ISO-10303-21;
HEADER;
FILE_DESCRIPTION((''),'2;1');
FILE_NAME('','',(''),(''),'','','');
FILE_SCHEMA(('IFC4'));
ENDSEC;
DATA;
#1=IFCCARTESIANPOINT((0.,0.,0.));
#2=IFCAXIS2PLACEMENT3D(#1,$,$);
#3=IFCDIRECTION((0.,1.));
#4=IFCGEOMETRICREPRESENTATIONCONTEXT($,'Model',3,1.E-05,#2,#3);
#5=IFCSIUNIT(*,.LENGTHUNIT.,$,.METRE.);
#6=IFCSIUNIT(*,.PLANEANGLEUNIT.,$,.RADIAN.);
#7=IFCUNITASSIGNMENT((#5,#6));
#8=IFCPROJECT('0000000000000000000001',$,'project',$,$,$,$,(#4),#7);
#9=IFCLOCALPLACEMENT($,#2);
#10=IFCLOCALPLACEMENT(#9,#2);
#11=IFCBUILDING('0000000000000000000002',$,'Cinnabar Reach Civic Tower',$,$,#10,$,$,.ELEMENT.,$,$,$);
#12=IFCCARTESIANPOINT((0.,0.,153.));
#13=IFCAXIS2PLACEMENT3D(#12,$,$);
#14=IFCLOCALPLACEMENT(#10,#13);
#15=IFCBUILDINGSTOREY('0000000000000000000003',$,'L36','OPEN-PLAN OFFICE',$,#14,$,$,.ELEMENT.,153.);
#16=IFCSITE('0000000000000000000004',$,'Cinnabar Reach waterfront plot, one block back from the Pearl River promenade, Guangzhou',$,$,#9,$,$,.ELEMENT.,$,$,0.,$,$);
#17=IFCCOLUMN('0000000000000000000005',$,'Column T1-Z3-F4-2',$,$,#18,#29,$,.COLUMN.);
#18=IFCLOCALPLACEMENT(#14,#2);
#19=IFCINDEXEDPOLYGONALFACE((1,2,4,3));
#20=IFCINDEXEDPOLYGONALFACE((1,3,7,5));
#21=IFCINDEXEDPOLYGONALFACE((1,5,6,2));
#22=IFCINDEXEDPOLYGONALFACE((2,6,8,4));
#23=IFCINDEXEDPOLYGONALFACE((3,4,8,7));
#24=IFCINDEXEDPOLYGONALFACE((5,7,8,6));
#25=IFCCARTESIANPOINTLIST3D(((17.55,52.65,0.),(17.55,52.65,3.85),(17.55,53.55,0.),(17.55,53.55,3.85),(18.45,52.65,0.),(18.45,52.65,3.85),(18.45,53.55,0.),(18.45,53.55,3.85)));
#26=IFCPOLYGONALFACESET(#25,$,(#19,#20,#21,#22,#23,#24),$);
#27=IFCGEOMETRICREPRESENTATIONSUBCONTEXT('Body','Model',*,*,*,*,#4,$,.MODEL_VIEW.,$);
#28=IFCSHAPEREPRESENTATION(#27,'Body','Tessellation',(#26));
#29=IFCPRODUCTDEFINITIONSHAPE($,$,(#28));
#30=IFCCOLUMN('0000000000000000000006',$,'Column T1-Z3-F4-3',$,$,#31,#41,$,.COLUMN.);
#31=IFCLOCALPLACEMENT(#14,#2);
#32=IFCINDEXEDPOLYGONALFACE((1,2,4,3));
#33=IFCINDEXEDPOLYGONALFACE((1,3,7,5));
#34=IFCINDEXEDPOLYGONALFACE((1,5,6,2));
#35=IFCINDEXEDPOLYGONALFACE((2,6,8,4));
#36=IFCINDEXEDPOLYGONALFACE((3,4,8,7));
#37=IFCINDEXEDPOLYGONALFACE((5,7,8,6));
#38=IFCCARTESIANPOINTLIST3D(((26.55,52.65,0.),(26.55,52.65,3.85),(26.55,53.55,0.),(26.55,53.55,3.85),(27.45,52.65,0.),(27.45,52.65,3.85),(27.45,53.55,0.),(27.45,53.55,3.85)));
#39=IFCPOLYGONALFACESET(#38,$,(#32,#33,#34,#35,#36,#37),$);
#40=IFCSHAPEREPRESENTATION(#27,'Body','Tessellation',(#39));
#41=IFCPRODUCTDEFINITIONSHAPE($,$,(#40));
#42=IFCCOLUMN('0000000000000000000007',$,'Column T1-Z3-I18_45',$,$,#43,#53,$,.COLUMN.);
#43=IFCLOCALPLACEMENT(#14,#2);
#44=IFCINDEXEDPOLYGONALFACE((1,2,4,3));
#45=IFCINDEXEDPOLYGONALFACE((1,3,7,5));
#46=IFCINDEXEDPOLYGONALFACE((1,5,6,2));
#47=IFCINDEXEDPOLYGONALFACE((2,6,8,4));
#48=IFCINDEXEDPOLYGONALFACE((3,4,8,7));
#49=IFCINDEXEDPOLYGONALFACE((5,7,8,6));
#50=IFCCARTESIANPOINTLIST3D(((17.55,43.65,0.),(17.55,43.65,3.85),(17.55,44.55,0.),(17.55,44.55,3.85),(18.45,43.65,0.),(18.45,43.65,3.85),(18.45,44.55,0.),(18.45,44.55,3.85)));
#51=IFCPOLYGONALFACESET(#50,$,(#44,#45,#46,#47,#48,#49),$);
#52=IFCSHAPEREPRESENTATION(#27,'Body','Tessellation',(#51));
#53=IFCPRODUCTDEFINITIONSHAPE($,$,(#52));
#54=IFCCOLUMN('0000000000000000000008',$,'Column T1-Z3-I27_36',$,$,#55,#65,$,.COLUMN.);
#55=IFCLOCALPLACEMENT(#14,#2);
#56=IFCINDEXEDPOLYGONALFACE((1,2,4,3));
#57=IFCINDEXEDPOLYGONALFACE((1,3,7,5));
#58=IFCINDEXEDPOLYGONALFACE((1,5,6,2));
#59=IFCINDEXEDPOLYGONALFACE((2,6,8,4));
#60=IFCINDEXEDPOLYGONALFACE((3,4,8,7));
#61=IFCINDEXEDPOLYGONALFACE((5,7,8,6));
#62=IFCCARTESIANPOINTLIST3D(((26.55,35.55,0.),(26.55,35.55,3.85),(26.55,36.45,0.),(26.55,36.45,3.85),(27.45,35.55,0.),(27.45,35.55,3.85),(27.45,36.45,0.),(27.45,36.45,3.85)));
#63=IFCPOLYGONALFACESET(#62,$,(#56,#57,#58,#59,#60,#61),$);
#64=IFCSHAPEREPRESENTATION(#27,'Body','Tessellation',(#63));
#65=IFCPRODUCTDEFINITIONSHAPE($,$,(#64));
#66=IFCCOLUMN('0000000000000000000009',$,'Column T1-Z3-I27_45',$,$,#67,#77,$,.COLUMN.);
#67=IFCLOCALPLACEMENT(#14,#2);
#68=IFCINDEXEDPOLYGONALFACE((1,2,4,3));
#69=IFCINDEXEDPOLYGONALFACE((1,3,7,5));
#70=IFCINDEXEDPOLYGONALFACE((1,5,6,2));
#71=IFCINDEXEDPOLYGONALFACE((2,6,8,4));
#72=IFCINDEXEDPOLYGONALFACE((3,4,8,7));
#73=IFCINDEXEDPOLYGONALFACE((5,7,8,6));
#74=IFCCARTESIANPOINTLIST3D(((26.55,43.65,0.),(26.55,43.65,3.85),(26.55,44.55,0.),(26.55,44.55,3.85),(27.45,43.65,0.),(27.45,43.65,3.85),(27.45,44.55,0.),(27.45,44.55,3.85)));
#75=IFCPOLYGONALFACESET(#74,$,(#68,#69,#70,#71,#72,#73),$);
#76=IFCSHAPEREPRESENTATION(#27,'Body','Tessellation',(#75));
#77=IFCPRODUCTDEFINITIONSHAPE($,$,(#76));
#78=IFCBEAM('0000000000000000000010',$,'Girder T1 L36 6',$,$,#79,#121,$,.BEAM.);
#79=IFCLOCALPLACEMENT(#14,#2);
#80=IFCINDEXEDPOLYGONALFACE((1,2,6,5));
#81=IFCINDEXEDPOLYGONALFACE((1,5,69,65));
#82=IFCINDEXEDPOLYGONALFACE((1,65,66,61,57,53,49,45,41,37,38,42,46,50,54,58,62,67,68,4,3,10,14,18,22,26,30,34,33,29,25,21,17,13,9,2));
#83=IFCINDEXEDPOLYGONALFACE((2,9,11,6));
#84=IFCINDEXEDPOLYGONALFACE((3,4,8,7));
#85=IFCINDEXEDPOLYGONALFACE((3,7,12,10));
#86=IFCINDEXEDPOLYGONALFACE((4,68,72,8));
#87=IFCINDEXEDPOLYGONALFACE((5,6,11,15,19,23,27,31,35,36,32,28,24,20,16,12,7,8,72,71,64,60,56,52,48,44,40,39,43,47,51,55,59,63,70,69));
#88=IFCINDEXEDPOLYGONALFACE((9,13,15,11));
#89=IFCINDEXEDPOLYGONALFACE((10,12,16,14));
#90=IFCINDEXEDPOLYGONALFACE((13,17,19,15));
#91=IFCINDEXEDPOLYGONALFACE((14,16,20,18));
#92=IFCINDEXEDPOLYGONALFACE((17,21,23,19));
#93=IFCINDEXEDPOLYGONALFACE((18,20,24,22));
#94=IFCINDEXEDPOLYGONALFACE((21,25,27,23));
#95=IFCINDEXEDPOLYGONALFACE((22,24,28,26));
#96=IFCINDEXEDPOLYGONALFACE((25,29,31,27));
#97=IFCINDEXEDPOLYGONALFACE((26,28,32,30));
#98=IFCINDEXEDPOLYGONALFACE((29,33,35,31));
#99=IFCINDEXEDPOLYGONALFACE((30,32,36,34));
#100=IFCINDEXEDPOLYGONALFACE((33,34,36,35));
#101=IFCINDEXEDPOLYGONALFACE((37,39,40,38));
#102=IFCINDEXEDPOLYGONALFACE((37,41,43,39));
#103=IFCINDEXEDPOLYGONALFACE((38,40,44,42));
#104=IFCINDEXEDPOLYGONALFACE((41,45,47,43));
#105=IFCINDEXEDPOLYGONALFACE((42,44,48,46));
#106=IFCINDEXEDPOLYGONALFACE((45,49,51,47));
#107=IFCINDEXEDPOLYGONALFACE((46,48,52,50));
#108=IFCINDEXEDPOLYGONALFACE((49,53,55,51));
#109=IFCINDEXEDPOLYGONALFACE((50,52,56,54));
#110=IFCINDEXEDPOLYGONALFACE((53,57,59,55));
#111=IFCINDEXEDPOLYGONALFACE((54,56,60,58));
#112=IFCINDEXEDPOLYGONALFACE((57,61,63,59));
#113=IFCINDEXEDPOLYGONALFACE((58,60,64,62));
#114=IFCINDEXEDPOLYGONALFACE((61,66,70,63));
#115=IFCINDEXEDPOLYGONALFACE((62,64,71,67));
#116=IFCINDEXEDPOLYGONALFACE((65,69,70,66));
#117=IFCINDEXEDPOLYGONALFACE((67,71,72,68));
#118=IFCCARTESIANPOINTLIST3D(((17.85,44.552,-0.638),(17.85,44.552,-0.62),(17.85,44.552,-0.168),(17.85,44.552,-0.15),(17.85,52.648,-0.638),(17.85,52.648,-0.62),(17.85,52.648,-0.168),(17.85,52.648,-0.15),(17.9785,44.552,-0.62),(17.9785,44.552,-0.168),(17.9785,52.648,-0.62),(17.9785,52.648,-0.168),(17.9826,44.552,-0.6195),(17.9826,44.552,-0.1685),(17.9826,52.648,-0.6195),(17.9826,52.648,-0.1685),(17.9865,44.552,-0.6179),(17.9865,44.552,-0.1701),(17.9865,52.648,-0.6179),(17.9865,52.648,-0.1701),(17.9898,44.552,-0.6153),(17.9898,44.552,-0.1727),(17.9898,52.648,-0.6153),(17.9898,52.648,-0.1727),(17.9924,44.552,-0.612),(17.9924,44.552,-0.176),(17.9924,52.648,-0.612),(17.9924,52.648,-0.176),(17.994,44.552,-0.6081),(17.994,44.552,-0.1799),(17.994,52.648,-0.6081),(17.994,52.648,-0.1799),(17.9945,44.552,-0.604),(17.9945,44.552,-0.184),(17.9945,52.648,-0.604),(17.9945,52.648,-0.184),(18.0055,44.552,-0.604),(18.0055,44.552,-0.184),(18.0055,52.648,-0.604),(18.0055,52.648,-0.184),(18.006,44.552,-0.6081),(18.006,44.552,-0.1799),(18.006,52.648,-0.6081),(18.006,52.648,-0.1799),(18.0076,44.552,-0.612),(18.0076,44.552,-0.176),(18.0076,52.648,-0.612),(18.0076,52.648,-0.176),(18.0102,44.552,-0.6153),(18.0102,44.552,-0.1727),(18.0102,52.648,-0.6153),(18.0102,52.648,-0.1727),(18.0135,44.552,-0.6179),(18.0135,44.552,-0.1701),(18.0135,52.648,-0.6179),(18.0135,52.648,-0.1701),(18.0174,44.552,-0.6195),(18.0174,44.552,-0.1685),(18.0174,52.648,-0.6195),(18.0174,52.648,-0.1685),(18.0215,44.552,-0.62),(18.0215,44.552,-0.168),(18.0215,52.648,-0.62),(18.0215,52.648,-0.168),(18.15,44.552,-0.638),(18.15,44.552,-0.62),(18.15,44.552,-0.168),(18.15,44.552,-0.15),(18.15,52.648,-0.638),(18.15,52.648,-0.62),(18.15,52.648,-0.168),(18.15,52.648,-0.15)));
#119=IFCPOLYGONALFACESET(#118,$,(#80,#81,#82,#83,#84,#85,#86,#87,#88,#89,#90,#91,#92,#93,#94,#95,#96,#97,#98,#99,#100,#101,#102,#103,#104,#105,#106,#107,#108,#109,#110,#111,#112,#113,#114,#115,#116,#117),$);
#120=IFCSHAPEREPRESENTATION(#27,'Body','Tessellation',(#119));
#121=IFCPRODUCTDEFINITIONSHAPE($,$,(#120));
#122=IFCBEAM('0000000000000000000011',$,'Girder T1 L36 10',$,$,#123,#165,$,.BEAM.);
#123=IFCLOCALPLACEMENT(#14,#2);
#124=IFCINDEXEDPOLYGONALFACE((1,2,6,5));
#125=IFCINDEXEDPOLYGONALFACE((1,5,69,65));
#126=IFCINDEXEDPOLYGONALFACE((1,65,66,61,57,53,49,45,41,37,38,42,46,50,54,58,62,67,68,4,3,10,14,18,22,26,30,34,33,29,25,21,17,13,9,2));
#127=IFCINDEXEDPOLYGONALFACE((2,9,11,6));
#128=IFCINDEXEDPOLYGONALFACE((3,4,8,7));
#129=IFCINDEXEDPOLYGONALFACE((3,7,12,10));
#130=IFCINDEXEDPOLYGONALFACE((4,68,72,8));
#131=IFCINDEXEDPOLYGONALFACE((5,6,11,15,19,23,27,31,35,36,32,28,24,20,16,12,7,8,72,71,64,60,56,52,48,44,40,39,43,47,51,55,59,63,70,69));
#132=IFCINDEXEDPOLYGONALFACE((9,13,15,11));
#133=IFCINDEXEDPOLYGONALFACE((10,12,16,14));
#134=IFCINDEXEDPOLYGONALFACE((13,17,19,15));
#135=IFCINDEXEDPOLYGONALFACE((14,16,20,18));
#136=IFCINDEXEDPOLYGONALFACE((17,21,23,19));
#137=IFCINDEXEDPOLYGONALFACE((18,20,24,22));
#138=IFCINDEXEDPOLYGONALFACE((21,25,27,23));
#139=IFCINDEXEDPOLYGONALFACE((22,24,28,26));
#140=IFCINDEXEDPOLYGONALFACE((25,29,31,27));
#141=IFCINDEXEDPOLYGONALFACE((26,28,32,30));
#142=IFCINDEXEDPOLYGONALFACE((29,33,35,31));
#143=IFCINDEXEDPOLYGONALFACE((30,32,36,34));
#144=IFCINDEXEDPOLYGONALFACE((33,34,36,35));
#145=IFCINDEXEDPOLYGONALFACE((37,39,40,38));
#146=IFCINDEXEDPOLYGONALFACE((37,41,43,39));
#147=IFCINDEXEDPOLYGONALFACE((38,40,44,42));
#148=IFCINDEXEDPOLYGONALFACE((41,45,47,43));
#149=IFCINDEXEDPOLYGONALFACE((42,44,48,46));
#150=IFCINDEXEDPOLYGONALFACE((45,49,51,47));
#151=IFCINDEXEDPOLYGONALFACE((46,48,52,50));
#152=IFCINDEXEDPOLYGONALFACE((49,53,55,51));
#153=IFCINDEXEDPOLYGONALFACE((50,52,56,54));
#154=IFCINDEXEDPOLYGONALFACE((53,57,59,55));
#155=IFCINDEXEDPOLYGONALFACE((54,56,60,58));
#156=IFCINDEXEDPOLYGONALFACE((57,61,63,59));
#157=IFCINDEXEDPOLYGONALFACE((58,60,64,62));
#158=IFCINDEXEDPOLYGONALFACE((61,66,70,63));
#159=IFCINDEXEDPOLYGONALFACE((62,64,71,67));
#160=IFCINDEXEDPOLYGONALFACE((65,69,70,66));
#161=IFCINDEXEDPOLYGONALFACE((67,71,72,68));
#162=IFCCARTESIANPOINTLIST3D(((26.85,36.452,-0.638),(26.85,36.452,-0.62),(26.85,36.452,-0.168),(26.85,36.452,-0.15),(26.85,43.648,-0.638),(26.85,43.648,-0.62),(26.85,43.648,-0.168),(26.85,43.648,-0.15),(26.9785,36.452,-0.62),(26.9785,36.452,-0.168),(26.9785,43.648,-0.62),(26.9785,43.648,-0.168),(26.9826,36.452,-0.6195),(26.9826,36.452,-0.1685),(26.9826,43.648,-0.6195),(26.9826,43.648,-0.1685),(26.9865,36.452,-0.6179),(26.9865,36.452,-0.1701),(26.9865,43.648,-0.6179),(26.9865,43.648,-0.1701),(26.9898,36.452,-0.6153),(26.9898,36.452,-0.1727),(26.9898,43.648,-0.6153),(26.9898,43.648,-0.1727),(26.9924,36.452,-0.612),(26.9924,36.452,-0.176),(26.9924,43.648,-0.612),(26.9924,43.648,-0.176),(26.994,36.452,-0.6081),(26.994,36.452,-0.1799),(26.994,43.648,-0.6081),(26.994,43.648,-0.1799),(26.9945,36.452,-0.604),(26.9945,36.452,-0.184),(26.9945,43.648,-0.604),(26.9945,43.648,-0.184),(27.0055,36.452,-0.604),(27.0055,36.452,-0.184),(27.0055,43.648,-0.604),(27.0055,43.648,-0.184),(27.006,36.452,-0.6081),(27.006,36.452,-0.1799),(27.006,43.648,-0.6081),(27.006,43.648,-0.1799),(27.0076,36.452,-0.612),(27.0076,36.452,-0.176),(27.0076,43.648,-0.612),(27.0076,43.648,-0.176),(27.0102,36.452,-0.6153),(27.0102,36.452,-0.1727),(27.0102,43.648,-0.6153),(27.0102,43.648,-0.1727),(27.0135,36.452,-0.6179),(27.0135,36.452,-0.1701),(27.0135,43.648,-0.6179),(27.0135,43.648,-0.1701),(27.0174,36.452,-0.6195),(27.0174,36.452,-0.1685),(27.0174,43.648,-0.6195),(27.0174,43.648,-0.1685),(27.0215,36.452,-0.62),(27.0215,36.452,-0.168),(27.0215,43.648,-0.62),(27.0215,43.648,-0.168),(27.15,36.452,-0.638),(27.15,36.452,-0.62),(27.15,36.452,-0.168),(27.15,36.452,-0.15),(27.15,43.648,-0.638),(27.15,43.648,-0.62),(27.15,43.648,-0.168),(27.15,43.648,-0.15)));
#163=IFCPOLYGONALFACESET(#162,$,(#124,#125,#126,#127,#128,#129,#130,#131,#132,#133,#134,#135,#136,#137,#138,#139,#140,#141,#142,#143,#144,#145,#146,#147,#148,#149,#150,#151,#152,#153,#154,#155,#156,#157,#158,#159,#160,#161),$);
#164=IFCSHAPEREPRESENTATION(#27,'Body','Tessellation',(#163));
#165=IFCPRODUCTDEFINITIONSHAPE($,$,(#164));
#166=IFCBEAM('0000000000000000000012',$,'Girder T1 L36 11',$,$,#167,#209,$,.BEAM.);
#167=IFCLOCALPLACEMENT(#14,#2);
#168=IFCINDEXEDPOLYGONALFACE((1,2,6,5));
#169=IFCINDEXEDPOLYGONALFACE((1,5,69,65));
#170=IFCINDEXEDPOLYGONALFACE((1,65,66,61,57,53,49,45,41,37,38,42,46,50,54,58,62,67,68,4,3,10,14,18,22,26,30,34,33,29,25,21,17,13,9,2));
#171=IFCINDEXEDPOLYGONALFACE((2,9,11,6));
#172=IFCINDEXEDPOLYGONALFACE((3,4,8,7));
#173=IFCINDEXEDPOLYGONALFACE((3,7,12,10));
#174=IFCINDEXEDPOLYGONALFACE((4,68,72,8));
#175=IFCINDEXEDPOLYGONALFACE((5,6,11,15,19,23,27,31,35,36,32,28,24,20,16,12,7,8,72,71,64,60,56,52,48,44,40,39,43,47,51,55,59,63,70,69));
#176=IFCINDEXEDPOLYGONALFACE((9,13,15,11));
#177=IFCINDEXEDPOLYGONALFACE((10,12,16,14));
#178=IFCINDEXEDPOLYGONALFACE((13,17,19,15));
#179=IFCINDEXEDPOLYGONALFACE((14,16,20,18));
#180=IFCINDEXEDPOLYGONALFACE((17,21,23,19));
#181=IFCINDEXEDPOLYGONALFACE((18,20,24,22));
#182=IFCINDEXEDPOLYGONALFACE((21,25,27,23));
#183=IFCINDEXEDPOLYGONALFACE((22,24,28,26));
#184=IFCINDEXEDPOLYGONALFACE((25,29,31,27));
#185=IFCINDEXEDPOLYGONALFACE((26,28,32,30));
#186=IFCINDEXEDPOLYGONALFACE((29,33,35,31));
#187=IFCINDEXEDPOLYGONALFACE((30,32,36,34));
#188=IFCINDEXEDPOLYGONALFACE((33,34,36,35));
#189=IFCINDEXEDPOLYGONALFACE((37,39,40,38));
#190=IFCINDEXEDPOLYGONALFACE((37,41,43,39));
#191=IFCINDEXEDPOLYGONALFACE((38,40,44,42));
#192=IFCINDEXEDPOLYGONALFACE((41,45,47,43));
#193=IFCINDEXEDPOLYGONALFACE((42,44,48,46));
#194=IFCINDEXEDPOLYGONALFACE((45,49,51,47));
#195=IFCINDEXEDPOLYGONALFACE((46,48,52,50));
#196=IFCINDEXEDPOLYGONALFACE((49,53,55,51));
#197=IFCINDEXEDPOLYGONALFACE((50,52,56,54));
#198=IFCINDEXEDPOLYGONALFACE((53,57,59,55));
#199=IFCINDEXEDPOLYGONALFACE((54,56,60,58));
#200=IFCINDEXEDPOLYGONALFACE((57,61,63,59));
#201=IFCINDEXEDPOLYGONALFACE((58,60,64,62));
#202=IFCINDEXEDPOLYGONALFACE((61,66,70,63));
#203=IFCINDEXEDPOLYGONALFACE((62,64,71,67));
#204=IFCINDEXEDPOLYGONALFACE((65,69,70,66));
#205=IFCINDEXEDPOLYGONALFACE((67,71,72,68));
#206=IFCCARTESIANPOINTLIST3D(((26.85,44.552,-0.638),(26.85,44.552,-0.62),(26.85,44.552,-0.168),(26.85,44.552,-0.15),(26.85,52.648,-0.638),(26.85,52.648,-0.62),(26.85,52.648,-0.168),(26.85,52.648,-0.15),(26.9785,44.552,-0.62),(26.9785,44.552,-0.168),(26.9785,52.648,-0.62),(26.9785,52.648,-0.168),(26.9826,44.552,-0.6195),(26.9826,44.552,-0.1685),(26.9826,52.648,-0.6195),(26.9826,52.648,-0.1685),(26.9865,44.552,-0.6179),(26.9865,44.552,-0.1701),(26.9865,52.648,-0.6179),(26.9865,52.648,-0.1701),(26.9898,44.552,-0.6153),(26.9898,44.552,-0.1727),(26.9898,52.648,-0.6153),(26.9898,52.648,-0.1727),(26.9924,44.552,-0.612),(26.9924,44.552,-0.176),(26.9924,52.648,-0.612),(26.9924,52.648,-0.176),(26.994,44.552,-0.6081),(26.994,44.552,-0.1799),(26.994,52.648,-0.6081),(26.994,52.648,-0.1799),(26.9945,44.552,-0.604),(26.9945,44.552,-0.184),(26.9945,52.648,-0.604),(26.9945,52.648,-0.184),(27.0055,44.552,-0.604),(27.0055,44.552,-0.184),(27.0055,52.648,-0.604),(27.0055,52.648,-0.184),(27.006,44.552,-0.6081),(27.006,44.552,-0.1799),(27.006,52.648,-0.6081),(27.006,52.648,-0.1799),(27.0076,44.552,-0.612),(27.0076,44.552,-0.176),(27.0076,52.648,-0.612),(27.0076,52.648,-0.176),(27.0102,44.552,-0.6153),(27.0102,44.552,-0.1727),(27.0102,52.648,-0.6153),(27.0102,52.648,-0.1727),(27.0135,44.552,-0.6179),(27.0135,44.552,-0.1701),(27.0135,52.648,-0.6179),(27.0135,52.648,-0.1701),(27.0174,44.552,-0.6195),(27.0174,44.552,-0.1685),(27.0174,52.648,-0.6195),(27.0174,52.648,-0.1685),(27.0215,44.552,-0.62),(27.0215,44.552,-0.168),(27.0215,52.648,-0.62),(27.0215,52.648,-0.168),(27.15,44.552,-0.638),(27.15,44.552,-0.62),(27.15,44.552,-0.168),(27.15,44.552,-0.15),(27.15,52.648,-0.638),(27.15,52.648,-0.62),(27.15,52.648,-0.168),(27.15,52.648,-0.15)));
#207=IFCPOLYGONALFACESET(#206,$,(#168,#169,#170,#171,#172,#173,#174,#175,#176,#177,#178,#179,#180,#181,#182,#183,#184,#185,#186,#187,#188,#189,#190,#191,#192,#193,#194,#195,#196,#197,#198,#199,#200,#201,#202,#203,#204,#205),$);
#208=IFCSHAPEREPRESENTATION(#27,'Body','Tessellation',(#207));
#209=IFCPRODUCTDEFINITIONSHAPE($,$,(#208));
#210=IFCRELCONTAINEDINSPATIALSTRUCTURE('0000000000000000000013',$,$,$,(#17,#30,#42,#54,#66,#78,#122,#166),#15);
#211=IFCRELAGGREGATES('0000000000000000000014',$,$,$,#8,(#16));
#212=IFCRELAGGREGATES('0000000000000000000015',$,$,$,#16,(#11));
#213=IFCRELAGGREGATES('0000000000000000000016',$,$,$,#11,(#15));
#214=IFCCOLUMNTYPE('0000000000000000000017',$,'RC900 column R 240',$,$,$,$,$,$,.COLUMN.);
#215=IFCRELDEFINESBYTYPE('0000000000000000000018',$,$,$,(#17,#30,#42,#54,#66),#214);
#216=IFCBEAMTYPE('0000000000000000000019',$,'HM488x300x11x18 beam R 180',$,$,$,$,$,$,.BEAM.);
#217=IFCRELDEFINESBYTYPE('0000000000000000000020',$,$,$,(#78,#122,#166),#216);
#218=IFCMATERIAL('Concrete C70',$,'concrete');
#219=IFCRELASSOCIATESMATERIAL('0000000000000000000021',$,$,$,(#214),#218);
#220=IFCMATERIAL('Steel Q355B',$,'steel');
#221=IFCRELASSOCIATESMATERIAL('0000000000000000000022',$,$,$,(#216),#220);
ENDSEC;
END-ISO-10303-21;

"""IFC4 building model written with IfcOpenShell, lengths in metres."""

from ifc_helpers import new_model, si_unit, direction, frame, origin, origin_2d, place, context, subcontext, project, spatial, rectangle, i_section, extrude, material, material_profile, profile_set, type_object, element, save


model = new_model("IFC4")

# Units and contexts
model_context = context("Model", 3, precision=1e-05, world=origin(), true_north=direction((0.0, 1.0)))
body_context = subcontext(model_context, "Body", "Model", "MODEL_VIEW")
ifc_project = project(units=[si_unit("LENGTHUNIT", "METRE"), si_unit("PLANEANGLEUNIT", "RADIAN")], contexts=[model_context])

# Site, building, storey
site_placement = place(None, origin())
site = spatial("IfcSite", under=ifc_project, at=site_placement, Name="Cinnabar Reach waterfront plot, one block back from the Pearl River promenade, Guangzhou", CompositionType="ELEMENT", RefElevation=0.0)
building_placement = place(site_placement, origin())
building = spatial("IfcBuilding", under=site, at=building_placement, Name="Cinnabar Reach Civic Tower", CompositionType="ELEMENT")
storey_placement = place(building_placement, frame((0.0, 0.0, 153.0)))
storey = spatial("IfcBuildingStorey", under=building, at=storey_placement, Name="L36", Description="OPEN-PLAN OFFICE", CompositionType="ELEMENT", Elevation=153.0)

# Columns
ifc_material_1 = material(Name="Concrete C70", Category="concrete")
ifc_material_profile_1 = material_profile(ifc_material_1, rectangle(XDim=0.9, YDim=0.9, at=origin_2d()), Name="RC900")
ifc_profile_set_1 = profile_set([ifc_material_profile_1], Name="Concrete C70")
column_type = type_object("IfcColumnType", Name="RC900 column R 240", PredefinedType="COLUMN", material=ifc_profile_set_1)
for number, where, z_axis, x_axis, name in (
    (1, (18.0, 53.1, 0.0), (0.0, 0.0, 1.0), (1.0, 0.0, 0.0), "Column T1-Z3-F4-2"),
    (2, (27.0, 53.1, 0.0), (0.0, 0.0, 1.0), (1.0, 0.0, 0.0), "Column T1-Z3-F4-3"),
    (3, (18.0, 44.1, 0.0), (0.0, 0.0, 1.0), (1.0, 0.0, 0.0), "Column T1-Z3-I18_45"),
    (4, (27.0, 36.0, 0.0), (0.0, 0.0, 1.0), (1.0, 0.0, 0.0), "Column T1-Z3-I27_36"),
    (5, (27.0, 44.1, 0.0), (0.0, 0.0, 1.0), (1.0, 0.0, 0.0), "Column T1-Z3-I27_45"),
):
    element("IfcColumn", number, at=place(storey_placement, frame(where, z_axis=z_axis, x_axis=x_axis)), inside=storey, type_object=column_type, Name=name, PredefinedType="COLUMN", context=body_context, shape_type="SweptSolid", body=[
        extrude(rectangle(XDim=0.9, YDim=0.9, at=origin_2d()), origin(), (0.0, 0.0, 1.0), 3.85),
    ])

# Beams
ifc_material_2 = material(Name="Steel Q355B", Category="steel")
ifc_material_profile_2 = material_profile(ifc_material_2, i_section(OverallWidth=0.3, OverallDepth=0.488, WebThickness=0.011, FlangeThickness=0.018, FilletRadius=0.016, at=origin_2d()), Name="HM488x300x11x18")
ifc_profile_set_2 = profile_set([ifc_material_profile_2], Name="Steel Q355B")
beam_type_1 = type_object("IfcBeamType", Name="HM488x300x11x18 beam R 180", PredefinedType="BEAM", material=ifc_profile_set_2)
beam_1_placement = place(storey_placement, frame((18.0, 44.552, -0.394), z_axis=(0.0, 1.0, 0.0), x_axis=(-1.0, 0.0, 0.0)))
element("IfcBeam", 6, at=beam_1_placement, inside=storey, type_object=beam_type_1, Name="Girder T1 L36 6", PredefinedType="BEAM", context=body_context, shape_type="SweptSolid", body=[
    extrude(i_section(OverallWidth=0.3, OverallDepth=0.488, WebThickness=0.011, FlangeThickness=0.018, FilletRadius=0.016, at=origin_2d()), origin(), (0.0, 0.0, 1.0), 8.096),
])
beam_2_placement = place(storey_placement, frame((27.0, 36.452, -0.394), z_axis=(0.0, 1.0, 0.0), x_axis=(-1.0, 0.0, 0.0)))
element("IfcBeam", 7, at=beam_2_placement, inside=storey, type_object=beam_type_1, Name="Girder T1 L36 10", PredefinedType="BEAM", context=body_context, shape_type="SweptSolid", body=[
    extrude(i_section(OverallWidth=0.3, OverallDepth=0.488, WebThickness=0.011, FlangeThickness=0.018, FilletRadius=0.016, at=origin_2d()), origin(), (0.0, 0.0, 1.0), 7.196),
])
beam_3_placement = place(storey_placement, frame((27.0, 44.552, -0.394), z_axis=(0.0, 1.0, 0.0), x_axis=(-1.0, 0.0, 0.0)))
element("IfcBeam", 8, at=beam_3_placement, inside=storey, type_object=beam_type_1, Name="Girder T1 L36 11", PredefinedType="BEAM", context=body_context, shape_type="SweptSolid", body=[
    extrude(i_section(OverallWidth=0.3, OverallDepth=0.488, WebThickness=0.011, FlangeThickness=0.018, FilletRadius=0.016, at=origin_2d()), origin(), (0.0, 0.0, 1.0), 8.096),
])

save(model, "model.ifc")
